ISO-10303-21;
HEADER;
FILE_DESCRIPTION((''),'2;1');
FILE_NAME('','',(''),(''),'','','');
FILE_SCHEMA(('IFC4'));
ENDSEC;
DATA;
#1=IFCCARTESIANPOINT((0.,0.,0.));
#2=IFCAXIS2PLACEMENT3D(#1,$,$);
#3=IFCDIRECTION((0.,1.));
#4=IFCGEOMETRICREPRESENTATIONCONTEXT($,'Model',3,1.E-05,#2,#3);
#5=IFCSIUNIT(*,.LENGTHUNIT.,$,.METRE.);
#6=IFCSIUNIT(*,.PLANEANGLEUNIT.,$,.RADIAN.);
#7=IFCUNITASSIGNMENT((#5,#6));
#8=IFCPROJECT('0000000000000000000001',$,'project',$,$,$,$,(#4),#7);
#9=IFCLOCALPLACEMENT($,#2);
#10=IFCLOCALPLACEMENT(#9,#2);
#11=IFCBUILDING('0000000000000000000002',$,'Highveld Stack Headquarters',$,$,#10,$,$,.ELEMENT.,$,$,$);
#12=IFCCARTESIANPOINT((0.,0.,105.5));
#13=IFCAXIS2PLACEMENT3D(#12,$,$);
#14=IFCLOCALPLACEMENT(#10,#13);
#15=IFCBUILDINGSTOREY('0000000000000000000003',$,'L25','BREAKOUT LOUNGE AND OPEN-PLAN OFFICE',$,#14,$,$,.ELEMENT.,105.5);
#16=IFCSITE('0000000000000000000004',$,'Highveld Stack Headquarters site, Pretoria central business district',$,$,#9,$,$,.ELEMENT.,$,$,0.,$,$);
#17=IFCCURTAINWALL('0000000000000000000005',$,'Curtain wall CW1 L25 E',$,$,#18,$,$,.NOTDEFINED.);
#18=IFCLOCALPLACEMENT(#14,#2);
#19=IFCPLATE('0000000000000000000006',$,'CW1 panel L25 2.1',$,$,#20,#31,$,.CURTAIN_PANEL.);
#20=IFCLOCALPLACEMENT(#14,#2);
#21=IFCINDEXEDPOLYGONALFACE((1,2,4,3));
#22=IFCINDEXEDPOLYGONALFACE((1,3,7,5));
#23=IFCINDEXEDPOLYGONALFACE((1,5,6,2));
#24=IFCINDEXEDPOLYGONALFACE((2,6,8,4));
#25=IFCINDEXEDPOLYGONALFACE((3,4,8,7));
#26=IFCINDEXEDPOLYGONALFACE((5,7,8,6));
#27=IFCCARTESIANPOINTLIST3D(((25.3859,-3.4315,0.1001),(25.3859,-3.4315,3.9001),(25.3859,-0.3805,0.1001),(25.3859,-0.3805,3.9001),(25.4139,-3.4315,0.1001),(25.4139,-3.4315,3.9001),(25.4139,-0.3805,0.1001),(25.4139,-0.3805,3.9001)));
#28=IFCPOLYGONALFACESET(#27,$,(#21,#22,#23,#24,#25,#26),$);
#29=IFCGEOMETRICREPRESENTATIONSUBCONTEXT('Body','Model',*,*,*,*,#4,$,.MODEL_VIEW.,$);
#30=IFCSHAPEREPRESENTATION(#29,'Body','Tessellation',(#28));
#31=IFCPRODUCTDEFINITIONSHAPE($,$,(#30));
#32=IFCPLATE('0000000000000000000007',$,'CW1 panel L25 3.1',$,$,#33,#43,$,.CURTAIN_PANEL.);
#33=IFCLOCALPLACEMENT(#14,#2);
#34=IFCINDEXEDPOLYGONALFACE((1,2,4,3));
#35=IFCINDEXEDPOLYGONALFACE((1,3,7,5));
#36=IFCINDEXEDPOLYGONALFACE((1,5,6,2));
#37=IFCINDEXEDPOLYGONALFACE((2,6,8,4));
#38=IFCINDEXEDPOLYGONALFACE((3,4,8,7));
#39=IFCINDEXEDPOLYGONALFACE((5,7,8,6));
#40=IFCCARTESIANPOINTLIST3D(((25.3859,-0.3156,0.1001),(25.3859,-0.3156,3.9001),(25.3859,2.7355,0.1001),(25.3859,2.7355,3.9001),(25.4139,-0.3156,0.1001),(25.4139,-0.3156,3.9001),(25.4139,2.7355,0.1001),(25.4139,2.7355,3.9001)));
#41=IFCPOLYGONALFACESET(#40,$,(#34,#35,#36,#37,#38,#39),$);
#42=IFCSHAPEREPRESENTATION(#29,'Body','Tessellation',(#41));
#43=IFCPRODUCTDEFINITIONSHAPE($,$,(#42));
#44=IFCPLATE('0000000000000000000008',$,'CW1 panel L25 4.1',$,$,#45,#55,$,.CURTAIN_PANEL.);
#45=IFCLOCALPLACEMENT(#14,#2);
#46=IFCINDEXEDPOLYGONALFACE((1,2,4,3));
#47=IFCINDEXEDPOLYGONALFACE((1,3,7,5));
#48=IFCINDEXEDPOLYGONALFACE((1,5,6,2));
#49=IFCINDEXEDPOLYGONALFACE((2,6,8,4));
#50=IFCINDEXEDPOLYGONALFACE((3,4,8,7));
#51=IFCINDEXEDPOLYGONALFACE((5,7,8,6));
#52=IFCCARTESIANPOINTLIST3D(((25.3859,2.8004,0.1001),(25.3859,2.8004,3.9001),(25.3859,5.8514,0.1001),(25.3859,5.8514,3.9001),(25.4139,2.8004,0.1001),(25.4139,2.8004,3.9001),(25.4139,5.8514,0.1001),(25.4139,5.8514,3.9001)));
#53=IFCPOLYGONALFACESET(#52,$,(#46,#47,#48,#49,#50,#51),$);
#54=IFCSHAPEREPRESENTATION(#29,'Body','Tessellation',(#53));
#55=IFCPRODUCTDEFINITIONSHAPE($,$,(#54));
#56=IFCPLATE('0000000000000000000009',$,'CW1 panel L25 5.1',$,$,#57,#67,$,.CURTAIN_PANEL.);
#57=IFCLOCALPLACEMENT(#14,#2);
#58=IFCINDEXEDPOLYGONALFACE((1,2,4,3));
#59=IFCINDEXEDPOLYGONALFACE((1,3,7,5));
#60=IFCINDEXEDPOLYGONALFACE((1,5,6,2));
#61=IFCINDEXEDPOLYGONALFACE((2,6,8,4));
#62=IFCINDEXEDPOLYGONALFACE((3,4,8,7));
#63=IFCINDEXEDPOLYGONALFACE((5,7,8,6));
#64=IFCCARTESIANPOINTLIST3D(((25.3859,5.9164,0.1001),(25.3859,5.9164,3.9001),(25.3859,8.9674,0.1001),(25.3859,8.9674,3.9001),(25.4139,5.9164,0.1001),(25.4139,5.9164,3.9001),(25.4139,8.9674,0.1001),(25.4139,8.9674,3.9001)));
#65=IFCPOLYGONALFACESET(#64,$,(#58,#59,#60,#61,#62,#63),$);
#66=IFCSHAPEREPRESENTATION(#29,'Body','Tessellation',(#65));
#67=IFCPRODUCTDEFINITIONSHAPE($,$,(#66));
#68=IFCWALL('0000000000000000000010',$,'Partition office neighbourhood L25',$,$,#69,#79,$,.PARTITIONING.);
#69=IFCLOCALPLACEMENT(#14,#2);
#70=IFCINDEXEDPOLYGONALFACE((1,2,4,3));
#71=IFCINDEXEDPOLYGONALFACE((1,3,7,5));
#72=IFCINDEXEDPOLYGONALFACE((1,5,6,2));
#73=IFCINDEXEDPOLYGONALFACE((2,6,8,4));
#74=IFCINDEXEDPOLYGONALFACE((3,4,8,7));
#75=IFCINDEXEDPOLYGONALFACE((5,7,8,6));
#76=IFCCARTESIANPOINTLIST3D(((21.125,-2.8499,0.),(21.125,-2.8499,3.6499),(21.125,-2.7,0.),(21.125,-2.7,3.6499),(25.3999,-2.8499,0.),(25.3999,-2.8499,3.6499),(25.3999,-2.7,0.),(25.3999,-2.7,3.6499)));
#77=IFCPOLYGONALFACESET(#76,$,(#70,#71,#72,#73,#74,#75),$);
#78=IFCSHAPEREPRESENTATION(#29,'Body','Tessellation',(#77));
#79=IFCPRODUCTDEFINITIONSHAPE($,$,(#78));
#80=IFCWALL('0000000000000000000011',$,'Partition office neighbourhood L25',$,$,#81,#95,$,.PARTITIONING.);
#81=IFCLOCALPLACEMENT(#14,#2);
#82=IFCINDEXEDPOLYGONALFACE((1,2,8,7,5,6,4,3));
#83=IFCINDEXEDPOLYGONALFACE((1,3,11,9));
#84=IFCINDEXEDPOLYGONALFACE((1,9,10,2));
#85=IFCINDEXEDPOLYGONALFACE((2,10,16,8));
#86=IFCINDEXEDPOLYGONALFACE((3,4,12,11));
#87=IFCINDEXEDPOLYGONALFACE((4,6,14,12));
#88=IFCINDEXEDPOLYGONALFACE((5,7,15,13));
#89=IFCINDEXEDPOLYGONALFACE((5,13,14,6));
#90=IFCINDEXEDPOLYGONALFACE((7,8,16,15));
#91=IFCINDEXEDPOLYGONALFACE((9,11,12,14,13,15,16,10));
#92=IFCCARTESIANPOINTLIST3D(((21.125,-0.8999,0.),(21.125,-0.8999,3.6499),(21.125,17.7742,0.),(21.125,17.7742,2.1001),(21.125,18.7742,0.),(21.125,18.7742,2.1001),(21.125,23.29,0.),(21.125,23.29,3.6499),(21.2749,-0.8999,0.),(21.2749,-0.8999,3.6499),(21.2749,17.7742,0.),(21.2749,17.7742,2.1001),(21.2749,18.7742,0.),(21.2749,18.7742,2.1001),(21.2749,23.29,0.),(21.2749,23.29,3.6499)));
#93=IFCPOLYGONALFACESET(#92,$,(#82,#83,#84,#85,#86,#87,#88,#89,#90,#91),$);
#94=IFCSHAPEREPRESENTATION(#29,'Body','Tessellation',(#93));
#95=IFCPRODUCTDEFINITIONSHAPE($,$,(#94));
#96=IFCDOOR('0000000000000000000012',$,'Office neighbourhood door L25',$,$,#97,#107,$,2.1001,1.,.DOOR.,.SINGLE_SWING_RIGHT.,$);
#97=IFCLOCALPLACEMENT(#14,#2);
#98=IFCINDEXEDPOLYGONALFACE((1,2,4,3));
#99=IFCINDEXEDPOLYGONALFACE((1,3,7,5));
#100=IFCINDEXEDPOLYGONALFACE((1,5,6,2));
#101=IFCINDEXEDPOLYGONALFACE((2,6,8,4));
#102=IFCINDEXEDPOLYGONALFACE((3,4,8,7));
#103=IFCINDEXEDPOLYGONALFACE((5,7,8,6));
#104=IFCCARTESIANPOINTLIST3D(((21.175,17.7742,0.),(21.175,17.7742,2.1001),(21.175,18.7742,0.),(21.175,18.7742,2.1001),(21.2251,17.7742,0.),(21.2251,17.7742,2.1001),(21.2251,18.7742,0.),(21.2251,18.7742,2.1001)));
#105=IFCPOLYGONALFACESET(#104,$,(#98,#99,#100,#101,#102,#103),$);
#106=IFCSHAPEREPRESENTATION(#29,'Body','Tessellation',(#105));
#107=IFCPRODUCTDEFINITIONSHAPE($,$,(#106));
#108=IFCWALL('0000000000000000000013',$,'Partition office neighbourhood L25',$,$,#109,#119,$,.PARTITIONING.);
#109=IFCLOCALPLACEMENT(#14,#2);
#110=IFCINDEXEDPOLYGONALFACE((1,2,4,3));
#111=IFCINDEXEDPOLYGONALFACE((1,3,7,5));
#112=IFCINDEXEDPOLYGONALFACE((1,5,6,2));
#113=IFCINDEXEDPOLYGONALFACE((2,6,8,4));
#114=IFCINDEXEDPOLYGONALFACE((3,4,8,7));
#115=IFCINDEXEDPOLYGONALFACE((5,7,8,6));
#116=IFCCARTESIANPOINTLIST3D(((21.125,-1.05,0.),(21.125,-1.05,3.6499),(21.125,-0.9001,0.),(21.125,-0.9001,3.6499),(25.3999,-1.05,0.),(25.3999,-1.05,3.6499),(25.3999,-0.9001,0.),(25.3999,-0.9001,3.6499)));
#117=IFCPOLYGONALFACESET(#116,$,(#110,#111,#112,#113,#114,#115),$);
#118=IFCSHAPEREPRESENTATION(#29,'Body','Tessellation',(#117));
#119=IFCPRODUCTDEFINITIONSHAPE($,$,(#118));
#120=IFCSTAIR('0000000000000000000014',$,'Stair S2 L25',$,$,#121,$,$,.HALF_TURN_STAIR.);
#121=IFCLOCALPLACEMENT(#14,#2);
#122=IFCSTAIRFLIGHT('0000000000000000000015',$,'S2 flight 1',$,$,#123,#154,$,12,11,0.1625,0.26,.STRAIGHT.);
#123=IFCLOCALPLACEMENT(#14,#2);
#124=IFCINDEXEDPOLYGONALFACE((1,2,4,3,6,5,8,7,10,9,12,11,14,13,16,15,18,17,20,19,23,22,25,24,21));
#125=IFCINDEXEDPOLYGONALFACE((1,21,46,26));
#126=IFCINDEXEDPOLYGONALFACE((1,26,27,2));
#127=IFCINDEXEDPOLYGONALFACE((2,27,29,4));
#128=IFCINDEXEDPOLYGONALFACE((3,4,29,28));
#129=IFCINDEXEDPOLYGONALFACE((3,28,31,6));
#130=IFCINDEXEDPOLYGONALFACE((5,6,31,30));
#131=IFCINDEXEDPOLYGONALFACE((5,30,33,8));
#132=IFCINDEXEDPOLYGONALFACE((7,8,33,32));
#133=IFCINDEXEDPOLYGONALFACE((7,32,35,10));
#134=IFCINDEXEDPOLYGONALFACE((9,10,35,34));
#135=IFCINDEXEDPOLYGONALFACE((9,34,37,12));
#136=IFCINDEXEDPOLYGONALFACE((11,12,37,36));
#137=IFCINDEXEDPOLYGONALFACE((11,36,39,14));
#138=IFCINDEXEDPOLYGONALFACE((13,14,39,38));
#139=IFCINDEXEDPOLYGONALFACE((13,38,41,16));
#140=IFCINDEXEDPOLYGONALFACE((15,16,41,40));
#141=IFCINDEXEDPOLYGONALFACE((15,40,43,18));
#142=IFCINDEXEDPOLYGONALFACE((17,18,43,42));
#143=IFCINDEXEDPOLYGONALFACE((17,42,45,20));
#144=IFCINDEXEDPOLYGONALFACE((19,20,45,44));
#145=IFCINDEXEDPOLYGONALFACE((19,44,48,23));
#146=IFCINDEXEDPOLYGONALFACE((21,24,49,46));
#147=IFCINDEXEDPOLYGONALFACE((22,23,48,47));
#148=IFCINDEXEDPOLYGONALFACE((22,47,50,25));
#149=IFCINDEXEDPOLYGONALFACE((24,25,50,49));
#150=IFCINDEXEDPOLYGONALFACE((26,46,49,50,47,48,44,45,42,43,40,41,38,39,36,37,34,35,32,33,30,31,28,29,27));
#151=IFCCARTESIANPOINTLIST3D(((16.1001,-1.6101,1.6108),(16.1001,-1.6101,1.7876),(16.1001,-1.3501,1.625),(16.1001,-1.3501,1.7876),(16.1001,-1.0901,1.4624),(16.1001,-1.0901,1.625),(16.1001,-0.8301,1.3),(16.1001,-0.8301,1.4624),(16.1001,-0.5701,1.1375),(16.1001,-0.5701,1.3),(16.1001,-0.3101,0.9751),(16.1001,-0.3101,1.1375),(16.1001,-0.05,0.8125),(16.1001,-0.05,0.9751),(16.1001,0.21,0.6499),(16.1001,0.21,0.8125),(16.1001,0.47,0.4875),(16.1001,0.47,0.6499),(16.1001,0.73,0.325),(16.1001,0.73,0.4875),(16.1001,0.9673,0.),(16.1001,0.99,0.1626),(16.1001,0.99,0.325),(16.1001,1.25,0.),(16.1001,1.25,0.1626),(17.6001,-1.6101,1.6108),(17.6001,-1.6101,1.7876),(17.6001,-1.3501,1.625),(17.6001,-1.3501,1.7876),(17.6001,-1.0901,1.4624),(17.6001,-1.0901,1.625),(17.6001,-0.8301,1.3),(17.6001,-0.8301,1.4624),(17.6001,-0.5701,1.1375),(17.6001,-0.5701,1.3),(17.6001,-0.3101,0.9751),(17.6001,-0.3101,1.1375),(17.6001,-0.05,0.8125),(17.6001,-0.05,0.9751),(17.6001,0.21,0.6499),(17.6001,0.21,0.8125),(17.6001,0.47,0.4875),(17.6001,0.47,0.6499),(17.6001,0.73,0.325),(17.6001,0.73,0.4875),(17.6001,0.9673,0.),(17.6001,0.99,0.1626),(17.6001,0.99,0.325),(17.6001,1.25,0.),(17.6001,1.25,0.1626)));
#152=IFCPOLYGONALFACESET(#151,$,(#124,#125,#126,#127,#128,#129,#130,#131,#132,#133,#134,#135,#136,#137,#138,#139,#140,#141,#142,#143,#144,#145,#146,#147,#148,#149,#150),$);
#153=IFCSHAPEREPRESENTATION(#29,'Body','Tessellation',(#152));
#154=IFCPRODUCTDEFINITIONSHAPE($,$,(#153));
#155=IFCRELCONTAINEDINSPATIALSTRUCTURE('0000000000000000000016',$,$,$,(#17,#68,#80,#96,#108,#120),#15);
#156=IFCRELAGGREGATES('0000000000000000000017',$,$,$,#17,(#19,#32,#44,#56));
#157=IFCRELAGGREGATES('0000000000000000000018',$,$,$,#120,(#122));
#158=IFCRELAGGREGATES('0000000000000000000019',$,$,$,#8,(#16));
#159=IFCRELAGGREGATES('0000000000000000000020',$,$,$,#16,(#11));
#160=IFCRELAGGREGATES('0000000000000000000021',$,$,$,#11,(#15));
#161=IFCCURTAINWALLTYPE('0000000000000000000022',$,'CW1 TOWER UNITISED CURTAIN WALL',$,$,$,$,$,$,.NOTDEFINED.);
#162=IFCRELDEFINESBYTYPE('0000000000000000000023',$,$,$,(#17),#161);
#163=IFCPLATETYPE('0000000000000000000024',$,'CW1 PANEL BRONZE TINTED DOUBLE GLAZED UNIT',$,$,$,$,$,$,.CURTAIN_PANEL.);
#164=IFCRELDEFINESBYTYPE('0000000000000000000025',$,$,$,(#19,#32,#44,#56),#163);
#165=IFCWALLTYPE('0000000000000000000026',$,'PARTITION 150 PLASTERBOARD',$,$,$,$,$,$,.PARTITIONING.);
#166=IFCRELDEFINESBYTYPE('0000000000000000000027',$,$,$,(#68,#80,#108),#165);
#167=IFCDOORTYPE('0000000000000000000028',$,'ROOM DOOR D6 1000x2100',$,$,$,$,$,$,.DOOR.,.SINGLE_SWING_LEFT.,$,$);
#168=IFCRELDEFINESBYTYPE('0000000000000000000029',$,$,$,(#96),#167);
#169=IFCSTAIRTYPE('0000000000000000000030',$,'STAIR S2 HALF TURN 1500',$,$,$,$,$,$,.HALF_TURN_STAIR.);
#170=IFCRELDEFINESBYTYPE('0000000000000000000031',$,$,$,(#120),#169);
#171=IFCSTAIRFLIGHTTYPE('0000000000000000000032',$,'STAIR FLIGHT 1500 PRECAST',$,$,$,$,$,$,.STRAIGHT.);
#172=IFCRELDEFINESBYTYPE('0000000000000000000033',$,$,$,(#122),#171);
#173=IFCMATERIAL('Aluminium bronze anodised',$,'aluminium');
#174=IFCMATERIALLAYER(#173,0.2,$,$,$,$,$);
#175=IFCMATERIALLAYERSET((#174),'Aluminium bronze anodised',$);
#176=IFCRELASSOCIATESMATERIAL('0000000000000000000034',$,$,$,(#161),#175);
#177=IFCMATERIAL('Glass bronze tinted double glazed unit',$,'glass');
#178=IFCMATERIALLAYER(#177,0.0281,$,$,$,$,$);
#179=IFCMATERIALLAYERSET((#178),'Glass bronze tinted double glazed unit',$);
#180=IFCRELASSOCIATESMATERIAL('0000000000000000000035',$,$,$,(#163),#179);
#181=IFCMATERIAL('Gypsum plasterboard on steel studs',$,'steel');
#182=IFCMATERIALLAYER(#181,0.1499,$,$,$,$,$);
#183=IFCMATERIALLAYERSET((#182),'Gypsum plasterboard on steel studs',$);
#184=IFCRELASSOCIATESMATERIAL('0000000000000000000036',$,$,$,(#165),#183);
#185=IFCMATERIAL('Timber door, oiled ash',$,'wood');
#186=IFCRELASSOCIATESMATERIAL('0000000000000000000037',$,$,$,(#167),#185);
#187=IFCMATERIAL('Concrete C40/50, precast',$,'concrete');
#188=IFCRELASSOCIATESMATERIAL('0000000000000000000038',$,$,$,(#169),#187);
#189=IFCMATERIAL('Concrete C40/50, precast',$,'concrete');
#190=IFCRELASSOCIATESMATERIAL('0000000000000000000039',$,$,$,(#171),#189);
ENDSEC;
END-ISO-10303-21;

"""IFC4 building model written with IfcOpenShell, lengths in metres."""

from ifc_helpers import new_model, si_unit, direction, frame, frame_2d, origin, origin_2d, place, context, subcontext, project, spatial, polyline, rectangle, outline, extrude, material, layer, layer_set, type_object, element, fill, aggregate, save


model = new_model("IFC4")

# Units and contexts
model_context = context("Model", 3, precision=1e-05, world=origin(), true_north=direction((0.0, 1.0)))
body_context = subcontext(model_context, "Body", "Model", "MODEL_VIEW")
ifc_project = project(units=[si_unit("LENGTHUNIT", "METRE"), si_unit("PLANEANGLEUNIT", "RADIAN")], contexts=[model_context])

# Site, building, storey
site_placement = place(None, origin())
site = spatial("IfcSite", under=ifc_project, at=site_placement, Name="Highveld Stack Headquarters site, Pretoria central business district", CompositionType="ELEMENT", RefElevation=0.0)
building_placement = place(site_placement, origin())
building = spatial("IfcBuilding", under=site, at=building_placement, Name="Highveld Stack Headquarters", CompositionType="ELEMENT")
storey_placement = place(building_placement, frame((0.0, 0.0, 105.5)))
storey = spatial("IfcBuildingStorey", under=building, at=storey_placement, Name="L25", Description="BREAKOUT LOUNGE AND OPEN-PLAN OFFICE", CompositionType="ELEMENT", Elevation=105.5)

# Curtain wall, plates
ifc_material_1 = material(Name="Aluminium bronze anodised", Category="aluminium")
ifc_layer_1 = layer(ifc_material_1, 0.2)
ifc_layer_set_1 = layer_set([ifc_layer_1], Name="Aluminium bronze anodised")
curtain_wall_type = type_object("IfcCurtainWallType", Name="CW1 TOWER UNITISED CURTAIN WALL", PredefinedType="NOTDEFINED", material=ifc_layer_set_1)
curtain_wall_placement = place(storey_placement, origin())
curtain_wall = element("IfcCurtainWall", 1, at=curtain_wall_placement, inside=storey, type_object=curtain_wall_type, Name="Curtain wall CW1 L25 E", PredefinedType="NOTDEFINED")
ifc_material_2 = material(Name="Glass bronze tinted double glazed unit", Category="glass")
ifc_layer_2 = layer(ifc_material_2, 0.0281)
ifc_layer_set_2 = layer_set([ifc_layer_2], Name="Glass bronze tinted double glazed unit")
plate_type = type_object("IfcPlateType", Name="CW1 PANEL BRONZE TINTED DOUBLE GLAZED UNIT", PredefinedType="CURTAIN_PANEL", material=ifc_layer_set_2)
plate_1_placement = place(storey_placement, frame((25.3999, -1.906, 0.1001), z_axis=(0.0, 0.0, 1.0), x_axis=(0.0, 1.0, 0.0)))
plate_1 = element("IfcPlate", 2, at=plate_1_placement, type_object=plate_type, Name="CW1 panel L25 2.1", PredefinedType="CURTAIN_PANEL", context=body_context, shape_type="SweptSolid", body=[
    extrude(rectangle(XDim=3.051, YDim=0.0281, at=origin_2d()), origin(), (0.0, 0.0, 1.0), 3.8),
])
plate_2_placement = place(storey_placement, frame((25.3999, 1.21, 0.1001), z_axis=(0.0, 0.0, 1.0), x_axis=(0.0, 1.0, 0.0)))
plate_2 = element("IfcPlate", 3, at=plate_2_placement, type_object=plate_type, Name="CW1 panel L25 3.1", PredefinedType="CURTAIN_PANEL", context=body_context, shape_type="SweptSolid", body=[
    extrude(rectangle(XDim=3.051, YDim=0.0281, at=origin_2d()), origin(), (0.0, 0.0, 1.0), 3.8),
])
plate_3_placement = place(storey_placement, frame((25.3999, 4.3259, 0.1001), z_axis=(0.0, 0.0, 1.0), x_axis=(0.0, 1.0, 0.0)))
plate_3 = element("IfcPlate", 4, at=plate_3_placement, type_object=plate_type, Name="CW1 panel L25 4.1", PredefinedType="CURTAIN_PANEL", context=body_context, shape_type="SweptSolid", body=[
    extrude(rectangle(XDim=3.051, YDim=0.0281, at=origin_2d()), origin(), (0.0, 0.0, 1.0), 3.8),
])
plate_4_placement = place(storey_placement, frame((25.3999, 7.4419, 0.1001), z_axis=(0.0, 0.0, 1.0), x_axis=(0.0, 1.0, 0.0)))
plate_4 = element("IfcPlate", 5, at=plate_4_placement, type_object=plate_type, Name="CW1 panel L25 5.1", PredefinedType="CURTAIN_PANEL", context=body_context, shape_type="SweptSolid", body=[
    extrude(rectangle(XDim=3.051, YDim=0.0281, at=origin_2d()), origin(), (0.0, 0.0, 1.0), 3.8),
])
aggregate(curtain_wall, [plate_1, plate_2, plate_3, plate_4])

# Wall
ifc_material_3 = material(Name="Gypsum plasterboard on steel studs", Category="steel")
ifc_layer_3 = layer(ifc_material_3, 0.1499)
ifc_layer_set_3 = layer_set([ifc_layer_3], Name="Gypsum plasterboard on steel studs")
wall_type = type_object("IfcWallType", Name="PARTITION 150 PLASTERBOARD", PredefinedType="PARTITIONING", material=ifc_layer_set_3)
wall_1_placement = place(storey_placement, frame((21.125, -2.7749, 0.0), z_axis=(0.0, 0.0, 1.0), x_axis=(1.0, 0.0, 0.0)))
element("IfcWall", 6, at=wall_1_placement, inside=storey, type_object=wall_type, Name="Partition office neighbourhood L25", PredefinedType="PARTITIONING", context=body_context, shape_type="SweptSolid", body=[
    extrude(rectangle(XDim=4.2749, YDim=0.1499, at=frame_2d((2.1375, 0.0))), origin(), (0.0, 0.0, 1.0), 3.6499),
])

# Wall, opening, door
wall_2_placement = place(storey_placement, frame((21.2, -0.8999, 0.0), z_axis=(0.0, 0.0, 1.0), x_axis=(0.0, 1.0, 0.0)))
wall_2 = element("IfcWall", 7, at=wall_2_placement, inside=storey, type_object=wall_type, Name="Partition office neighbourhood L25", PredefinedType="PARTITIONING", context=body_context, shape_type="SweptSolid", body=[
    extrude(rectangle(XDim=24.1899, YDim=0.1499, at=frame_2d((12.095, 0.0))), origin(), (0.0, 0.0, 1.0), 3.6499),
])
opening_placement = place(wall_2_placement, frame((18.6741, 0.0, 0.0)))
opening = element("IfcOpeningElement", 8, at=opening_placement, cuts=wall_2, PredefinedType="OPENING", context=body_context, shape_type="SweptSolid", body=[
    extrude(rectangle(XDim=1.0, YDim=2.1001, at=frame_2d((0.5, 1.05))), frame((0.0, 0.085, 0.0), z_axis=(0.0, -1.0, 0.0), x_axis=(1.0, 0.0, 0.0)), (0.0, 0.0, 1.0), 0.1699),
])
ifc_material_4 = material(Name="Timber door, oiled ash", Category="wood")
door_type = type_object("IfcDoorType", Name="ROOM DOOR D6 1000x2100", OperationType="SINGLE_SWING_LEFT", PredefinedType="DOOR", material=ifc_material_4)
door_placement = place(opening_placement, origin())
door = element("IfcDoor", 9, at=door_placement, inside=storey, type_object=door_type, Name="Office neighbourhood door L25", OperationType="SINGLE_SWING_RIGHT", OverallHeight=2.1001, OverallWidth=1.0, PredefinedType="DOOR", context=body_context, shape_type="SweptSolid", body=[
    extrude(rectangle(XDim=1.0, YDim=2.1001, at=frame_2d((0.5, 1.05))), frame((0.0, 0.0249, 0.0), z_axis=(0.0, -1.0, 0.0), x_axis=(1.0, 0.0, 0.0)), (0.0, 0.0, 1.0), 0.05),
])
fill(opening, door)

# Wall
wall_3_placement = place(storey_placement, frame((21.125, -0.9751, 0.0), z_axis=(0.0, 0.0, 1.0), x_axis=(1.0, 0.0, 0.0)))
element("IfcWall", 10, at=wall_3_placement, inside=storey, type_object=wall_type, Name="Partition office neighbourhood L25", PredefinedType="PARTITIONING", context=body_context, shape_type="SweptSolid", body=[
    extrude(rectangle(XDim=4.2749, YDim=0.1499, at=frame_2d((2.1375, 0.0))), origin(), (0.0, 0.0, 1.0), 3.6499),
])

# Stair, stair flight
ifc_material_5 = material(Name="Concrete C40/50, precast", Category="concrete")
stair_type = type_object("IfcStairType", Name="STAIR S2 HALF TURN 1500", PredefinedType="HALF_TURN_STAIR", material=ifc_material_5)
stair_placement = place(storey_placement, origin())
stair = element("IfcStair", 11, at=stair_placement, inside=storey, type_object=stair_type, Name="Stair S2 L25", PredefinedType="HALF_TURN_STAIR")
ifc_material_6 = material(Name="Concrete C40/50, precast", Category="concrete")
stair_flight_type = type_object("IfcStairFlightType", Name="STAIR FLIGHT 1500 PRECAST", PredefinedType="STRAIGHT", material=ifc_material_6)
stair_flight_placement = place(storey_placement, frame((16.8501, 1.25, 0.0), z_axis=(0.0, 0.0, 1.0), x_axis=(0.0, -1.0, 0.0)))
stair_flight = element("IfcStairFlight", 12, at=stair_flight_placement, type_object=stair_flight_type, Name="S2 flight 1", NumberOfRisers=12, NumberOfTreads=11, PredefinedType="STRAIGHT", RiserHeight=0.1625, TreadLength=0.26, context=body_context, shape_type="SweptSolid", body=[
    extrude(outline(polyline([(0.0, 0.0), (0.0, 0.1626), (0.26, 0.1626), (0.26, 0.325), (0.52, 0.325), (0.52, 0.4875), (0.78, 0.4875), (0.78, 0.6499), (1.04, 0.6499), (1.04, 0.8125), (1.3, 0.8125), (1.3, 0.9751), (1.5601, 0.9751), (1.5601, 1.1375), (1.8201, 1.1375), (1.8201, 1.3), (2.0801, 1.3), (2.0801, 1.4624), (2.3401, 1.4624), (2.3401, 1.625), (2.6001, 1.625), (2.6001, 1.7876), (2.8601, 1.7876), (2.8601, 1.95), (2.8601, 1.6108), (0.2827, 0.0), (0.0, 0.0)])), frame((0.0, 0.75, 0.0), z_axis=(0.0, -1.0, 0.0), x_axis=(1.0, 0.0, 0.0)), (0.0, 0.0, 1.0), 1.5),
])
aggregate(stair, [stair_flight])

save(model, "model.ifc")
